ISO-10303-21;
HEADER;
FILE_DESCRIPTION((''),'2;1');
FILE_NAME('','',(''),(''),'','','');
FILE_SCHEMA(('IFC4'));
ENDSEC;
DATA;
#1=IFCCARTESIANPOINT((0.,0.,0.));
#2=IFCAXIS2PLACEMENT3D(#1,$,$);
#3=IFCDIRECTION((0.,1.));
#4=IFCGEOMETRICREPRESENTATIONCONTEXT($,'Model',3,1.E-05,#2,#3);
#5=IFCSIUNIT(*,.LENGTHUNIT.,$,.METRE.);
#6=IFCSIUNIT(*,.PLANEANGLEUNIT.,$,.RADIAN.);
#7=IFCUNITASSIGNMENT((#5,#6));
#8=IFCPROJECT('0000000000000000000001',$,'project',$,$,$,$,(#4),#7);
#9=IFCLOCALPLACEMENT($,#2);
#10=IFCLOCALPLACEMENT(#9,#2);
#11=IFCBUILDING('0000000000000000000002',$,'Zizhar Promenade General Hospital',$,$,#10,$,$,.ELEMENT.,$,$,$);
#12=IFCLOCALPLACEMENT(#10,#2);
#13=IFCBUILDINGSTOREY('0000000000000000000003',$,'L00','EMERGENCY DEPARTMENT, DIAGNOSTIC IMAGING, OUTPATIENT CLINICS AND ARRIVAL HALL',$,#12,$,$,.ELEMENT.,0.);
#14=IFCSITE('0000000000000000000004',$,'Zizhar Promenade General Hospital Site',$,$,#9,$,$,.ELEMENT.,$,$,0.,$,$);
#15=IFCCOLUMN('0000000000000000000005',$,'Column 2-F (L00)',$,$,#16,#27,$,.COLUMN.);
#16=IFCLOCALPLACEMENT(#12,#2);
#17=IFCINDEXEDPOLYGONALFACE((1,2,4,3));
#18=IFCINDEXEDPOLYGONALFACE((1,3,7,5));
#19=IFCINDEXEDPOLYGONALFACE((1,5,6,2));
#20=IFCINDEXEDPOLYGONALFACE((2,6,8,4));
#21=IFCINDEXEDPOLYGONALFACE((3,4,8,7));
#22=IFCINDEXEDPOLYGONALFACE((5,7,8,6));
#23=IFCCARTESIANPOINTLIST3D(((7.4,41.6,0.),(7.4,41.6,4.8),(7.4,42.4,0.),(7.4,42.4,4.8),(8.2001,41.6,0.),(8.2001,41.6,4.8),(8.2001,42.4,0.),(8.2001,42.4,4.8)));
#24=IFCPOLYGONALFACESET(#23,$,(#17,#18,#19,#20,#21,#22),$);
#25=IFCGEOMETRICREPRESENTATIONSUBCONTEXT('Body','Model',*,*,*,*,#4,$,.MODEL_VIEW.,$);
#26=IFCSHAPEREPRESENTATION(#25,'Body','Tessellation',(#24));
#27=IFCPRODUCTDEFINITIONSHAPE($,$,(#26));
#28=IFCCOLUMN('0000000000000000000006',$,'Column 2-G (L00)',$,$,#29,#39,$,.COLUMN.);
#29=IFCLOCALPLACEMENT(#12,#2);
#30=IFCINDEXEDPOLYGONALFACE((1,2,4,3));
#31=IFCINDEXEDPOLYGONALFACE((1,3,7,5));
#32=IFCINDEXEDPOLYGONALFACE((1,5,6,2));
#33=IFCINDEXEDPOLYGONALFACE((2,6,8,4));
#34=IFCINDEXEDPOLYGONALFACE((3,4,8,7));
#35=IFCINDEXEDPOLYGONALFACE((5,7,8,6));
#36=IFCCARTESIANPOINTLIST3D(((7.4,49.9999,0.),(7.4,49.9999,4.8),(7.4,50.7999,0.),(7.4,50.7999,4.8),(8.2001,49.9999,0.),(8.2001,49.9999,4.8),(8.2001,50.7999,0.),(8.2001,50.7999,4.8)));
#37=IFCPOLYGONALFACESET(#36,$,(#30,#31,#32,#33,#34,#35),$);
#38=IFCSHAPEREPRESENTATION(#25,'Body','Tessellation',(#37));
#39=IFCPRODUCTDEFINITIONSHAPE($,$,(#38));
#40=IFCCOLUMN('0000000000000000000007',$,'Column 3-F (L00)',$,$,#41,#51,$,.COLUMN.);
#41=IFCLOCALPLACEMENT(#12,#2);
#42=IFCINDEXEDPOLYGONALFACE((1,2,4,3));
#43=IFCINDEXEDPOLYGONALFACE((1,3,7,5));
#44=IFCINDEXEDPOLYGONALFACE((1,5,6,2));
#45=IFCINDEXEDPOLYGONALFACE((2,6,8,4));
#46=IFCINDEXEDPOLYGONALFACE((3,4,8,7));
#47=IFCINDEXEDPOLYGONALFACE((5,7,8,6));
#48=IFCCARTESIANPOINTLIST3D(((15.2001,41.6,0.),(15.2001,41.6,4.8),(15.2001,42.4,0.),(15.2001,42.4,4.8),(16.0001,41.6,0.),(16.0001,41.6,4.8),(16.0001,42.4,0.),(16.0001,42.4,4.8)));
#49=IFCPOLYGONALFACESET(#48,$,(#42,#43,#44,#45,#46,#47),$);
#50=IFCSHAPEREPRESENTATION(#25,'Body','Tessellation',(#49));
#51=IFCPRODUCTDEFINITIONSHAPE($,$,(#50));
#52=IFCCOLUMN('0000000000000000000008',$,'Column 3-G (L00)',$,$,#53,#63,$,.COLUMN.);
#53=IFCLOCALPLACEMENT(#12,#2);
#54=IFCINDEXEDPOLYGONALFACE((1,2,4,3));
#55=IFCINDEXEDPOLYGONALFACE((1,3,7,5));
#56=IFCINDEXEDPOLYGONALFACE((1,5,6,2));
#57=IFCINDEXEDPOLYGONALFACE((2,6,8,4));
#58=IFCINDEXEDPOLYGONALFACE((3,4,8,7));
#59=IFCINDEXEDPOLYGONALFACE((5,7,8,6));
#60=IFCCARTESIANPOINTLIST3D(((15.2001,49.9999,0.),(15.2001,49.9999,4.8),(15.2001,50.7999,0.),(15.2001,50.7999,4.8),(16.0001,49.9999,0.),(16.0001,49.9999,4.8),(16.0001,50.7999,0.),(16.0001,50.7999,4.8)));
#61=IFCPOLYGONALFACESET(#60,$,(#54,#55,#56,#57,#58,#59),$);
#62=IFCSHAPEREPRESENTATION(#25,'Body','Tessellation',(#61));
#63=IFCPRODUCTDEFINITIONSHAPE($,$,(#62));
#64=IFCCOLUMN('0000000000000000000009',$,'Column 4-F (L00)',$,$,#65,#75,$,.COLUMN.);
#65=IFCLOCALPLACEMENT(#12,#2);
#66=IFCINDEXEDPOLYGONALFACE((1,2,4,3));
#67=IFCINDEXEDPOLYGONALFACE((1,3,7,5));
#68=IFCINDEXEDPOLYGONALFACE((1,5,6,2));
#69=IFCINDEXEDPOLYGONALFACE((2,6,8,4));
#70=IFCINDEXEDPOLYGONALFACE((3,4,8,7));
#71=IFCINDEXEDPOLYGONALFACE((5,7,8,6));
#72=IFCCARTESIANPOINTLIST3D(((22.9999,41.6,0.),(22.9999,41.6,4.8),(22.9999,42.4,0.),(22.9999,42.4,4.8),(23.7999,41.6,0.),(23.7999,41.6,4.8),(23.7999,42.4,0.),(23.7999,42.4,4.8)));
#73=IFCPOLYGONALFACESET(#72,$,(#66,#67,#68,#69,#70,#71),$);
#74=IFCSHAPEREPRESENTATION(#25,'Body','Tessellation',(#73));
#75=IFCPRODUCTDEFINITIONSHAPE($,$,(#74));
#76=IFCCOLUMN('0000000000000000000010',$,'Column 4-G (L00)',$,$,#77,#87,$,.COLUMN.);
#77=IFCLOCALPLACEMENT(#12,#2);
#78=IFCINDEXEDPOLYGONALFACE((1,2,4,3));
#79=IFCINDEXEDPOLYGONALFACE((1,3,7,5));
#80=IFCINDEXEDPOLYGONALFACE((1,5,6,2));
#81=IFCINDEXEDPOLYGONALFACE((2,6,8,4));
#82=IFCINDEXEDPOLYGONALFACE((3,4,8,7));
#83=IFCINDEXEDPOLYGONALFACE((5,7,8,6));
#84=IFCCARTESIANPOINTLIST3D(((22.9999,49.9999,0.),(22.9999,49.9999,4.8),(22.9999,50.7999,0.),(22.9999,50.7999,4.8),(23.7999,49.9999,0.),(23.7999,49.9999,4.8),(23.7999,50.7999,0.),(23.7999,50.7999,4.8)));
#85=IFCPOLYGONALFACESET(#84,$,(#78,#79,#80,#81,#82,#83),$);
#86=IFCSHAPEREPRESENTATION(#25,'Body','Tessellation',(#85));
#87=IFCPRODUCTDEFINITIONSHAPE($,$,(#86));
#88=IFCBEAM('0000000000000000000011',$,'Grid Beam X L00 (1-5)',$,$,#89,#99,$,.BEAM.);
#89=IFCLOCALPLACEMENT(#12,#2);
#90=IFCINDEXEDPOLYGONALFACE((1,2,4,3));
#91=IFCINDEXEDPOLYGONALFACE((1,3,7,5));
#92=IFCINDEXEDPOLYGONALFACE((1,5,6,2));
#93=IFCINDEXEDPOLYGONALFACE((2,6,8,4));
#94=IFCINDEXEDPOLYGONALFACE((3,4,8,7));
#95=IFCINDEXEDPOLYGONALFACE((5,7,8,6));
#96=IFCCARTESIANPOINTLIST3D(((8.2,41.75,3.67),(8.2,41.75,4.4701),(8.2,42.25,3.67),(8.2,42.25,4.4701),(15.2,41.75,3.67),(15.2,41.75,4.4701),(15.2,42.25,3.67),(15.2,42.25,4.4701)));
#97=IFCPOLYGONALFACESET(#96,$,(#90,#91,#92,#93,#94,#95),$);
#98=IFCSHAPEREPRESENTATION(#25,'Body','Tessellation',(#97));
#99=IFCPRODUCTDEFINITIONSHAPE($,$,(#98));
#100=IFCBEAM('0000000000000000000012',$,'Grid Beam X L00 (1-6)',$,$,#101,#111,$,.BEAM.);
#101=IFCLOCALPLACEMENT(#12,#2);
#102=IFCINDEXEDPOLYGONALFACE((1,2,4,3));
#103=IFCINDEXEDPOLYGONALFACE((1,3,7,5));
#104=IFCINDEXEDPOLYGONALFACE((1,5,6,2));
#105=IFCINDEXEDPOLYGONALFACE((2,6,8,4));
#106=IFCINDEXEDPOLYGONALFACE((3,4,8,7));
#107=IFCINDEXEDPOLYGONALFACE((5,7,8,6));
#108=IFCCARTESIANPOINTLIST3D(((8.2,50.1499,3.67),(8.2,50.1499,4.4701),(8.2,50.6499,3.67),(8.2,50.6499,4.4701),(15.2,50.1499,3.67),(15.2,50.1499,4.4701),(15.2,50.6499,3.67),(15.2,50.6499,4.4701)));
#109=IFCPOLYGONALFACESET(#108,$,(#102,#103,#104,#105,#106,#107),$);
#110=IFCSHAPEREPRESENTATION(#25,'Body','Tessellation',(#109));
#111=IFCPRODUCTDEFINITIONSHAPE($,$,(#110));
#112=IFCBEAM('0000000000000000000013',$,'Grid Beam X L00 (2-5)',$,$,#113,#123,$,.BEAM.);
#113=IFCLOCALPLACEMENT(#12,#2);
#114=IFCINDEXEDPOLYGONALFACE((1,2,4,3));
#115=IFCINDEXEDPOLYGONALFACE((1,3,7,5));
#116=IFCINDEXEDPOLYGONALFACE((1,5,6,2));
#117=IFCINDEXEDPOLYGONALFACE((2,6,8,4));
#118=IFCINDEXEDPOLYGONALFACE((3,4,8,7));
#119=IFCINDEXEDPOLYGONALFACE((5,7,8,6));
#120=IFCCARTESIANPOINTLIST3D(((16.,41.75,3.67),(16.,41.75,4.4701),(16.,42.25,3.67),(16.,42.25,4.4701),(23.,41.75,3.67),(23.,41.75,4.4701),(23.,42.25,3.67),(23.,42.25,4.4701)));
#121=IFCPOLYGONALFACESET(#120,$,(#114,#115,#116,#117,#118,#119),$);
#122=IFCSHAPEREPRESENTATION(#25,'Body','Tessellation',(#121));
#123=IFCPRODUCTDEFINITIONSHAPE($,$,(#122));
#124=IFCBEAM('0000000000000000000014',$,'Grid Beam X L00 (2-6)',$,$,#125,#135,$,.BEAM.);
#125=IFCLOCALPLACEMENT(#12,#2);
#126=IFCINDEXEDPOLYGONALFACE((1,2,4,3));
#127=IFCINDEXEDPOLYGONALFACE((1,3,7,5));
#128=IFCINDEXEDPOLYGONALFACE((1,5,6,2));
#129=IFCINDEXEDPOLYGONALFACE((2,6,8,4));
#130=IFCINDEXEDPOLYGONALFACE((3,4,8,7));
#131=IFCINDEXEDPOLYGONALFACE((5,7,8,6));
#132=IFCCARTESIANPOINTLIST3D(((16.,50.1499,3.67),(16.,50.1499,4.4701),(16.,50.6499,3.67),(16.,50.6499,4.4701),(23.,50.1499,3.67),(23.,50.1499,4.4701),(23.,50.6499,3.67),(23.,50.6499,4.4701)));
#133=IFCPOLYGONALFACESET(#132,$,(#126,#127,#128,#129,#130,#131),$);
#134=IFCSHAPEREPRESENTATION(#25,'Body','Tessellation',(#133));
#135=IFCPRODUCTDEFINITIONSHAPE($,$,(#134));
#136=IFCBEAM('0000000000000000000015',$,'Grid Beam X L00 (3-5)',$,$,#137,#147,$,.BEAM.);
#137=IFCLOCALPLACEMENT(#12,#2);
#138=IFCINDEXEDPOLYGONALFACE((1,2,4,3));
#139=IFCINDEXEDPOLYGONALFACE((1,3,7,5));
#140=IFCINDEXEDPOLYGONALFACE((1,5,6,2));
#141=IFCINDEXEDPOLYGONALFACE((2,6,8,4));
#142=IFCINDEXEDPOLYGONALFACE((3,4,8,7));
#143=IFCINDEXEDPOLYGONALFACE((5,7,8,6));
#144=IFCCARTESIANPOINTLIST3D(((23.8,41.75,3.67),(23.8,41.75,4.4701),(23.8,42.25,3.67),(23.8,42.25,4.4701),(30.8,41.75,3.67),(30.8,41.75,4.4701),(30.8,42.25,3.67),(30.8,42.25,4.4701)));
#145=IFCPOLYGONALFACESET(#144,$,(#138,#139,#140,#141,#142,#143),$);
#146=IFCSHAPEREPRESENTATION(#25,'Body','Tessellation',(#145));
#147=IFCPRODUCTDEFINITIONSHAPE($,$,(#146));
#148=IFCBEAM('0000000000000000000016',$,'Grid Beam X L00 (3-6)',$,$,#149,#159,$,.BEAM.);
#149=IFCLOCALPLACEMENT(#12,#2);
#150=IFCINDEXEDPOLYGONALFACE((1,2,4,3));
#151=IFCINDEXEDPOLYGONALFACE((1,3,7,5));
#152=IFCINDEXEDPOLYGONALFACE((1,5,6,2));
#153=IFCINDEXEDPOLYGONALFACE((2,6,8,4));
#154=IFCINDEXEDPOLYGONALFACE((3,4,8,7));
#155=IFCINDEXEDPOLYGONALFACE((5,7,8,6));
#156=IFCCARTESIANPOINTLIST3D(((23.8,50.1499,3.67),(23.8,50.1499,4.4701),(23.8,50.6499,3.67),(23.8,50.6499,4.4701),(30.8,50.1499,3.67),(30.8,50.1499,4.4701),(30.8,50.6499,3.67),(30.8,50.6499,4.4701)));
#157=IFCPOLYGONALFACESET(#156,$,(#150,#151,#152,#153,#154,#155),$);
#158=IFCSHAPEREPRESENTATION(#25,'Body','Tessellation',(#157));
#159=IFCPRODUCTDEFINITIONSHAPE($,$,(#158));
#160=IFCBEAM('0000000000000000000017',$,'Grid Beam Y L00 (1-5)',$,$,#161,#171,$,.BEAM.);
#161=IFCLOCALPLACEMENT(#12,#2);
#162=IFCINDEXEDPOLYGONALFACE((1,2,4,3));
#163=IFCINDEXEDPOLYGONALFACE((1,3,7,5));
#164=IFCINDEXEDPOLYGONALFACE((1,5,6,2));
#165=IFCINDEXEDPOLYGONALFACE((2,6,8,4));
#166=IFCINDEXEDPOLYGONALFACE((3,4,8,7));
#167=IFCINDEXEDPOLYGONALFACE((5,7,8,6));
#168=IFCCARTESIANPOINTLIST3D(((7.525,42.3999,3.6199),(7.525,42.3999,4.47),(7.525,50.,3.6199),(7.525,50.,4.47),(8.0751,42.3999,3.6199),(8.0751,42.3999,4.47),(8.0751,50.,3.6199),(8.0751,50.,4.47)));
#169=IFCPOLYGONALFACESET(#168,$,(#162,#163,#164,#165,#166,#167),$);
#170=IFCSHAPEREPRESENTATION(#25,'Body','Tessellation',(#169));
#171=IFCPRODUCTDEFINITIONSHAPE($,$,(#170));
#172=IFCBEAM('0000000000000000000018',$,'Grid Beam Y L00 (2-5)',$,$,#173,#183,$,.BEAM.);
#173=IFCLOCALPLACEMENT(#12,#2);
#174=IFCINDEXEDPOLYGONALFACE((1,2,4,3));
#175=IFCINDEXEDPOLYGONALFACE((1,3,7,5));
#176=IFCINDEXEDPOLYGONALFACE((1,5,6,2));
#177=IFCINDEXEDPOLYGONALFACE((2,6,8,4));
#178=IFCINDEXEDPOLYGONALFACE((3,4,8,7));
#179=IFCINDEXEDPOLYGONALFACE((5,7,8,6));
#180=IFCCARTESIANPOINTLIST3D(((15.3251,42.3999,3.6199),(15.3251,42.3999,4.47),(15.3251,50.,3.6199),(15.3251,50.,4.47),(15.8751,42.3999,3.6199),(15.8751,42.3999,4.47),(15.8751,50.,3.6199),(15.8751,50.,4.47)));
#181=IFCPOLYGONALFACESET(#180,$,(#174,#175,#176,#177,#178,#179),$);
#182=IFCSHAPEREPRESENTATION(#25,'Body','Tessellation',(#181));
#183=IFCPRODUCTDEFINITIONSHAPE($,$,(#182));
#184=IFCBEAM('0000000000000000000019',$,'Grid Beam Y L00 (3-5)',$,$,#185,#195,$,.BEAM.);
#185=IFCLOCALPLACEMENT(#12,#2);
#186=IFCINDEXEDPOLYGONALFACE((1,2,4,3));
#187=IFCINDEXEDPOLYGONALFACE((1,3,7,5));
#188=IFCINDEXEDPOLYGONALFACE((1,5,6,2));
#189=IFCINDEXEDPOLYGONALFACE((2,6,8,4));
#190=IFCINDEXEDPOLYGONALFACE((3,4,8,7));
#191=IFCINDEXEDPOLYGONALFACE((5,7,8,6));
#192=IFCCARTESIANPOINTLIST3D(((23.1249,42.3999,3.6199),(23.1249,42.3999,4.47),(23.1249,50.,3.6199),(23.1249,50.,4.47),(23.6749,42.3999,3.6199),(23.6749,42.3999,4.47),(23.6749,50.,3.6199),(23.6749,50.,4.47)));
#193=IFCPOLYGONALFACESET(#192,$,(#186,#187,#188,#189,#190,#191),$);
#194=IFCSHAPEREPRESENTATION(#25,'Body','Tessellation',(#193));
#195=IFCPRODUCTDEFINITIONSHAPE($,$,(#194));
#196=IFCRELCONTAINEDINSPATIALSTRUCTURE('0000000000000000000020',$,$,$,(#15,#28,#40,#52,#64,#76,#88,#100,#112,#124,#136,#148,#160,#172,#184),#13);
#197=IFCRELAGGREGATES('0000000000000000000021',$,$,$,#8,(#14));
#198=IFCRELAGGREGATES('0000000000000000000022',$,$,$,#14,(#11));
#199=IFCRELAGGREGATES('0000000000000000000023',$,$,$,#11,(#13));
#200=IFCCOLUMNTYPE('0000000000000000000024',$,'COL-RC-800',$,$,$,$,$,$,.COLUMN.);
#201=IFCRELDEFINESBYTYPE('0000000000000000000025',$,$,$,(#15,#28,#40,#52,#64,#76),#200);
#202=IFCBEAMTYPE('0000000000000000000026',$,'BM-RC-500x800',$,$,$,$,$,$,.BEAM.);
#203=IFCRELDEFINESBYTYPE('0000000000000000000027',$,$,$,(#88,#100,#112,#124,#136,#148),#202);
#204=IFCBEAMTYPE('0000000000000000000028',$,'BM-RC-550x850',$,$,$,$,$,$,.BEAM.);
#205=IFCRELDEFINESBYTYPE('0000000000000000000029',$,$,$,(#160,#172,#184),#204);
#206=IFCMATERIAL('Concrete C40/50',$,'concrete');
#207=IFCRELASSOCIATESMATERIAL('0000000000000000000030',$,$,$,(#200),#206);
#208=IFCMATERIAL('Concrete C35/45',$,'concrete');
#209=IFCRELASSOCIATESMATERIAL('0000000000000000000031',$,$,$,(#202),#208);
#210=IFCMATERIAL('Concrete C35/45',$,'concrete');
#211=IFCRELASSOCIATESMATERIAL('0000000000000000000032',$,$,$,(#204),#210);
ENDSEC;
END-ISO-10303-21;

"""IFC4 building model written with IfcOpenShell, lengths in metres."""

from ifc_helpers import new_model, si_unit, direction, frame, origin, origin_2d, place, context, subcontext, project, spatial, rectangle, extrude, material, material_profile, profile_set, type_object, element, save


model = new_model("IFC4")

# Units and contexts
model_context = context("Model", 3, precision=1e-05, world=origin(), true_north=direction((0.0, 1.0)))
body_context = subcontext(model_context, "Body", "Model", "MODEL_VIEW")
ifc_project = project(units=[si_unit("LENGTHUNIT", "METRE"), si_unit("PLANEANGLEUNIT", "RADIAN")], contexts=[model_context])

# Site, building, storey
site_placement = place(None, origin())
site = spatial("IfcSite", under=ifc_project, at=site_placement, Name="Zizhar Promenade General Hospital Site", CompositionType="ELEMENT", RefElevation=0.0)
building_placement = place(site_placement, origin())
building = spatial("IfcBuilding", under=site, at=building_placement, Name="Zizhar Promenade General Hospital", CompositionType="ELEMENT")
storey_placement = place(building_placement, origin())
storey = spatial("IfcBuildingStorey", under=building, at=storey_placement, Name="L00", Description="EMERGENCY DEPARTMENT, DIAGNOSTIC IMAGING, OUTPATIENT CLINICS AND ARRIVAL HALL", CompositionType="ELEMENT", Elevation=0.0)

# Columns
ifc_material_1 = material(Name="Concrete C40/50", Category="concrete")
ifc_material_profile_1 = material_profile(ifc_material_1, rectangle(XDim=0.8, YDim=0.8, at=origin_2d()))
ifc_profile_set_1 = profile_set([ifc_material_profile_1], Name="Concrete C40/50")
column_type = type_object("IfcColumnType", Name="COL-RC-800", PredefinedType="COLUMN", material=ifc_profile_set_1)
for number, where, z_axis, x_axis, name in (
    (1, (7.8, 42.0, 0.0), (0.0, 0.0, 1.0), (1.0, 0.0, 0.0), "Column 2-F (L00)"),
    (2, (7.8, 50.3999, 0.0), (0.0, 0.0, 1.0), (1.0, 0.0, 0.0), "Column 2-G (L00)"),
    (3, (15.6001, 42.0, 0.0), (0.0, 0.0, 1.0), (1.0, 0.0, 0.0), "Column 3-F (L00)"),
    (4, (15.6001, 50.3999, 0.0), (0.0, 0.0, 1.0), (1.0, 0.0, 0.0), "Column 3-G (L00)"),
    (5, (23.3999, 42.0, 0.0), (0.0, 0.0, 1.0), (1.0, 0.0, 0.0), "Column 4-F (L00)"),
    (6, (23.3999, 50.3999, 0.0), (0.0, 0.0, 1.0), (1.0, 0.0, 0.0), "Column 4-G (L00)"),
):
    element("IfcColumn", number, at=place(storey_placement, frame(where, z_axis=z_axis, x_axis=x_axis)), inside=storey, type_object=column_type, Name=name, PredefinedType="COLUMN", context=body_context, shape_type="SweptSolid", body=[
        extrude(rectangle(XDim=0.8, YDim=0.8, at=origin_2d()), origin(), (0.0, 0.0, 1.0), 4.8),
    ])

# Beams
ifc_material_2 = material(Name="Concrete C35/45", Category="concrete")
ifc_material_profile_2 = material_profile(ifc_material_2, rectangle(XDim=0.5, YDim=0.8, at=origin_2d()))
ifc_profile_set_2 = profile_set([ifc_material_profile_2], Name="Concrete C35/45")
beam_type_1 = type_object("IfcBeamType", Name="BM-RC-500x800", PredefinedType="BEAM", material=ifc_profile_set_2)
for number, where, z_axis, x_axis, name in (
    (7, (8.2, 42.0, 4.0701), (1.0, 0.0, 0.0), (0.0, 1.0, 0.0), "Grid Beam X L00 (1-5)"),
    (8, (8.2, 50.3999, 4.0701), (1.0, 0.0, 0.0), (0.0, 1.0, 0.0), "Grid Beam X L00 (1-6)"),
    (9, (16.0, 42.0, 4.0701), (1.0, 0.0, 0.0), (0.0, 1.0, 0.0), "Grid Beam X L00 (2-5)"),
    (10, (16.0, 50.3999, 4.0701), (1.0, 0.0, 0.0), (0.0, 1.0, 0.0), "Grid Beam X L00 (2-6)"),
    (11, (23.8, 42.0, 4.0701), (1.0, 0.0, 0.0), (0.0, 1.0, 0.0), "Grid Beam X L00 (3-5)"),
    (12, (23.8, 50.3999, 4.0701), (1.0, 0.0, 0.0), (0.0, 1.0, 0.0), "Grid Beam X L00 (3-6)"),
):
    element("IfcBeam", number, at=place(storey_placement, frame(where, z_axis=z_axis, x_axis=x_axis)), inside=storey, type_object=beam_type_1, Name=name, PredefinedType="BEAM", context=body_context, shape_type="SweptSolid", body=[
        extrude(rectangle(XDim=0.5, YDim=0.8, at=origin_2d()), origin(), (0.0, 0.0, 1.0), 7.0),
    ])
ifc_material_3 = material(Name="Concrete C35/45", Category="concrete")
ifc_material_profile_3 = material_profile(ifc_material_3, rectangle(XDim=0.55, YDim=0.8501, at=origin_2d()))
ifc_profile_set_3 = profile_set([ifc_material_profile_3], Name="Concrete C35/45")
beam_type_2 = type_object("IfcBeamType", Name="BM-RC-550x850", PredefinedType="BEAM", material=ifc_profile_set_3)
for number, where, z_axis, x_axis, name in (
    (13, (7.8, 42.3999, 4.0449), (0.0, 1.0, 0.0), (-1.0, 0.0, 0.0), "Grid Beam Y L00 (1-5)"),
    (14, (15.6001, 42.3999, 4.0449), (0.0, 1.0, 0.0), (-1.0, 0.0, 0.0), "Grid Beam Y L00 (2-5)"),
    (15, (23.3999, 42.3999, 4.0449), (0.0, 1.0, 0.0), (-1.0, 0.0, 0.0), "Grid Beam Y L00 (3-5)"),
):
    element("IfcBeam", number, at=place(storey_placement, frame(where, z_axis=z_axis, x_axis=x_axis)), inside=storey, type_object=beam_type_2, Name=name, PredefinedType="BEAM", context=body_context, shape_type="SweptSolid", body=[
        extrude(rectangle(XDim=0.55, YDim=0.8501, at=origin_2d()), origin(), (0.0, 0.0, 1.0), 7.6001),
    ])

save(model, "model.ifc")
